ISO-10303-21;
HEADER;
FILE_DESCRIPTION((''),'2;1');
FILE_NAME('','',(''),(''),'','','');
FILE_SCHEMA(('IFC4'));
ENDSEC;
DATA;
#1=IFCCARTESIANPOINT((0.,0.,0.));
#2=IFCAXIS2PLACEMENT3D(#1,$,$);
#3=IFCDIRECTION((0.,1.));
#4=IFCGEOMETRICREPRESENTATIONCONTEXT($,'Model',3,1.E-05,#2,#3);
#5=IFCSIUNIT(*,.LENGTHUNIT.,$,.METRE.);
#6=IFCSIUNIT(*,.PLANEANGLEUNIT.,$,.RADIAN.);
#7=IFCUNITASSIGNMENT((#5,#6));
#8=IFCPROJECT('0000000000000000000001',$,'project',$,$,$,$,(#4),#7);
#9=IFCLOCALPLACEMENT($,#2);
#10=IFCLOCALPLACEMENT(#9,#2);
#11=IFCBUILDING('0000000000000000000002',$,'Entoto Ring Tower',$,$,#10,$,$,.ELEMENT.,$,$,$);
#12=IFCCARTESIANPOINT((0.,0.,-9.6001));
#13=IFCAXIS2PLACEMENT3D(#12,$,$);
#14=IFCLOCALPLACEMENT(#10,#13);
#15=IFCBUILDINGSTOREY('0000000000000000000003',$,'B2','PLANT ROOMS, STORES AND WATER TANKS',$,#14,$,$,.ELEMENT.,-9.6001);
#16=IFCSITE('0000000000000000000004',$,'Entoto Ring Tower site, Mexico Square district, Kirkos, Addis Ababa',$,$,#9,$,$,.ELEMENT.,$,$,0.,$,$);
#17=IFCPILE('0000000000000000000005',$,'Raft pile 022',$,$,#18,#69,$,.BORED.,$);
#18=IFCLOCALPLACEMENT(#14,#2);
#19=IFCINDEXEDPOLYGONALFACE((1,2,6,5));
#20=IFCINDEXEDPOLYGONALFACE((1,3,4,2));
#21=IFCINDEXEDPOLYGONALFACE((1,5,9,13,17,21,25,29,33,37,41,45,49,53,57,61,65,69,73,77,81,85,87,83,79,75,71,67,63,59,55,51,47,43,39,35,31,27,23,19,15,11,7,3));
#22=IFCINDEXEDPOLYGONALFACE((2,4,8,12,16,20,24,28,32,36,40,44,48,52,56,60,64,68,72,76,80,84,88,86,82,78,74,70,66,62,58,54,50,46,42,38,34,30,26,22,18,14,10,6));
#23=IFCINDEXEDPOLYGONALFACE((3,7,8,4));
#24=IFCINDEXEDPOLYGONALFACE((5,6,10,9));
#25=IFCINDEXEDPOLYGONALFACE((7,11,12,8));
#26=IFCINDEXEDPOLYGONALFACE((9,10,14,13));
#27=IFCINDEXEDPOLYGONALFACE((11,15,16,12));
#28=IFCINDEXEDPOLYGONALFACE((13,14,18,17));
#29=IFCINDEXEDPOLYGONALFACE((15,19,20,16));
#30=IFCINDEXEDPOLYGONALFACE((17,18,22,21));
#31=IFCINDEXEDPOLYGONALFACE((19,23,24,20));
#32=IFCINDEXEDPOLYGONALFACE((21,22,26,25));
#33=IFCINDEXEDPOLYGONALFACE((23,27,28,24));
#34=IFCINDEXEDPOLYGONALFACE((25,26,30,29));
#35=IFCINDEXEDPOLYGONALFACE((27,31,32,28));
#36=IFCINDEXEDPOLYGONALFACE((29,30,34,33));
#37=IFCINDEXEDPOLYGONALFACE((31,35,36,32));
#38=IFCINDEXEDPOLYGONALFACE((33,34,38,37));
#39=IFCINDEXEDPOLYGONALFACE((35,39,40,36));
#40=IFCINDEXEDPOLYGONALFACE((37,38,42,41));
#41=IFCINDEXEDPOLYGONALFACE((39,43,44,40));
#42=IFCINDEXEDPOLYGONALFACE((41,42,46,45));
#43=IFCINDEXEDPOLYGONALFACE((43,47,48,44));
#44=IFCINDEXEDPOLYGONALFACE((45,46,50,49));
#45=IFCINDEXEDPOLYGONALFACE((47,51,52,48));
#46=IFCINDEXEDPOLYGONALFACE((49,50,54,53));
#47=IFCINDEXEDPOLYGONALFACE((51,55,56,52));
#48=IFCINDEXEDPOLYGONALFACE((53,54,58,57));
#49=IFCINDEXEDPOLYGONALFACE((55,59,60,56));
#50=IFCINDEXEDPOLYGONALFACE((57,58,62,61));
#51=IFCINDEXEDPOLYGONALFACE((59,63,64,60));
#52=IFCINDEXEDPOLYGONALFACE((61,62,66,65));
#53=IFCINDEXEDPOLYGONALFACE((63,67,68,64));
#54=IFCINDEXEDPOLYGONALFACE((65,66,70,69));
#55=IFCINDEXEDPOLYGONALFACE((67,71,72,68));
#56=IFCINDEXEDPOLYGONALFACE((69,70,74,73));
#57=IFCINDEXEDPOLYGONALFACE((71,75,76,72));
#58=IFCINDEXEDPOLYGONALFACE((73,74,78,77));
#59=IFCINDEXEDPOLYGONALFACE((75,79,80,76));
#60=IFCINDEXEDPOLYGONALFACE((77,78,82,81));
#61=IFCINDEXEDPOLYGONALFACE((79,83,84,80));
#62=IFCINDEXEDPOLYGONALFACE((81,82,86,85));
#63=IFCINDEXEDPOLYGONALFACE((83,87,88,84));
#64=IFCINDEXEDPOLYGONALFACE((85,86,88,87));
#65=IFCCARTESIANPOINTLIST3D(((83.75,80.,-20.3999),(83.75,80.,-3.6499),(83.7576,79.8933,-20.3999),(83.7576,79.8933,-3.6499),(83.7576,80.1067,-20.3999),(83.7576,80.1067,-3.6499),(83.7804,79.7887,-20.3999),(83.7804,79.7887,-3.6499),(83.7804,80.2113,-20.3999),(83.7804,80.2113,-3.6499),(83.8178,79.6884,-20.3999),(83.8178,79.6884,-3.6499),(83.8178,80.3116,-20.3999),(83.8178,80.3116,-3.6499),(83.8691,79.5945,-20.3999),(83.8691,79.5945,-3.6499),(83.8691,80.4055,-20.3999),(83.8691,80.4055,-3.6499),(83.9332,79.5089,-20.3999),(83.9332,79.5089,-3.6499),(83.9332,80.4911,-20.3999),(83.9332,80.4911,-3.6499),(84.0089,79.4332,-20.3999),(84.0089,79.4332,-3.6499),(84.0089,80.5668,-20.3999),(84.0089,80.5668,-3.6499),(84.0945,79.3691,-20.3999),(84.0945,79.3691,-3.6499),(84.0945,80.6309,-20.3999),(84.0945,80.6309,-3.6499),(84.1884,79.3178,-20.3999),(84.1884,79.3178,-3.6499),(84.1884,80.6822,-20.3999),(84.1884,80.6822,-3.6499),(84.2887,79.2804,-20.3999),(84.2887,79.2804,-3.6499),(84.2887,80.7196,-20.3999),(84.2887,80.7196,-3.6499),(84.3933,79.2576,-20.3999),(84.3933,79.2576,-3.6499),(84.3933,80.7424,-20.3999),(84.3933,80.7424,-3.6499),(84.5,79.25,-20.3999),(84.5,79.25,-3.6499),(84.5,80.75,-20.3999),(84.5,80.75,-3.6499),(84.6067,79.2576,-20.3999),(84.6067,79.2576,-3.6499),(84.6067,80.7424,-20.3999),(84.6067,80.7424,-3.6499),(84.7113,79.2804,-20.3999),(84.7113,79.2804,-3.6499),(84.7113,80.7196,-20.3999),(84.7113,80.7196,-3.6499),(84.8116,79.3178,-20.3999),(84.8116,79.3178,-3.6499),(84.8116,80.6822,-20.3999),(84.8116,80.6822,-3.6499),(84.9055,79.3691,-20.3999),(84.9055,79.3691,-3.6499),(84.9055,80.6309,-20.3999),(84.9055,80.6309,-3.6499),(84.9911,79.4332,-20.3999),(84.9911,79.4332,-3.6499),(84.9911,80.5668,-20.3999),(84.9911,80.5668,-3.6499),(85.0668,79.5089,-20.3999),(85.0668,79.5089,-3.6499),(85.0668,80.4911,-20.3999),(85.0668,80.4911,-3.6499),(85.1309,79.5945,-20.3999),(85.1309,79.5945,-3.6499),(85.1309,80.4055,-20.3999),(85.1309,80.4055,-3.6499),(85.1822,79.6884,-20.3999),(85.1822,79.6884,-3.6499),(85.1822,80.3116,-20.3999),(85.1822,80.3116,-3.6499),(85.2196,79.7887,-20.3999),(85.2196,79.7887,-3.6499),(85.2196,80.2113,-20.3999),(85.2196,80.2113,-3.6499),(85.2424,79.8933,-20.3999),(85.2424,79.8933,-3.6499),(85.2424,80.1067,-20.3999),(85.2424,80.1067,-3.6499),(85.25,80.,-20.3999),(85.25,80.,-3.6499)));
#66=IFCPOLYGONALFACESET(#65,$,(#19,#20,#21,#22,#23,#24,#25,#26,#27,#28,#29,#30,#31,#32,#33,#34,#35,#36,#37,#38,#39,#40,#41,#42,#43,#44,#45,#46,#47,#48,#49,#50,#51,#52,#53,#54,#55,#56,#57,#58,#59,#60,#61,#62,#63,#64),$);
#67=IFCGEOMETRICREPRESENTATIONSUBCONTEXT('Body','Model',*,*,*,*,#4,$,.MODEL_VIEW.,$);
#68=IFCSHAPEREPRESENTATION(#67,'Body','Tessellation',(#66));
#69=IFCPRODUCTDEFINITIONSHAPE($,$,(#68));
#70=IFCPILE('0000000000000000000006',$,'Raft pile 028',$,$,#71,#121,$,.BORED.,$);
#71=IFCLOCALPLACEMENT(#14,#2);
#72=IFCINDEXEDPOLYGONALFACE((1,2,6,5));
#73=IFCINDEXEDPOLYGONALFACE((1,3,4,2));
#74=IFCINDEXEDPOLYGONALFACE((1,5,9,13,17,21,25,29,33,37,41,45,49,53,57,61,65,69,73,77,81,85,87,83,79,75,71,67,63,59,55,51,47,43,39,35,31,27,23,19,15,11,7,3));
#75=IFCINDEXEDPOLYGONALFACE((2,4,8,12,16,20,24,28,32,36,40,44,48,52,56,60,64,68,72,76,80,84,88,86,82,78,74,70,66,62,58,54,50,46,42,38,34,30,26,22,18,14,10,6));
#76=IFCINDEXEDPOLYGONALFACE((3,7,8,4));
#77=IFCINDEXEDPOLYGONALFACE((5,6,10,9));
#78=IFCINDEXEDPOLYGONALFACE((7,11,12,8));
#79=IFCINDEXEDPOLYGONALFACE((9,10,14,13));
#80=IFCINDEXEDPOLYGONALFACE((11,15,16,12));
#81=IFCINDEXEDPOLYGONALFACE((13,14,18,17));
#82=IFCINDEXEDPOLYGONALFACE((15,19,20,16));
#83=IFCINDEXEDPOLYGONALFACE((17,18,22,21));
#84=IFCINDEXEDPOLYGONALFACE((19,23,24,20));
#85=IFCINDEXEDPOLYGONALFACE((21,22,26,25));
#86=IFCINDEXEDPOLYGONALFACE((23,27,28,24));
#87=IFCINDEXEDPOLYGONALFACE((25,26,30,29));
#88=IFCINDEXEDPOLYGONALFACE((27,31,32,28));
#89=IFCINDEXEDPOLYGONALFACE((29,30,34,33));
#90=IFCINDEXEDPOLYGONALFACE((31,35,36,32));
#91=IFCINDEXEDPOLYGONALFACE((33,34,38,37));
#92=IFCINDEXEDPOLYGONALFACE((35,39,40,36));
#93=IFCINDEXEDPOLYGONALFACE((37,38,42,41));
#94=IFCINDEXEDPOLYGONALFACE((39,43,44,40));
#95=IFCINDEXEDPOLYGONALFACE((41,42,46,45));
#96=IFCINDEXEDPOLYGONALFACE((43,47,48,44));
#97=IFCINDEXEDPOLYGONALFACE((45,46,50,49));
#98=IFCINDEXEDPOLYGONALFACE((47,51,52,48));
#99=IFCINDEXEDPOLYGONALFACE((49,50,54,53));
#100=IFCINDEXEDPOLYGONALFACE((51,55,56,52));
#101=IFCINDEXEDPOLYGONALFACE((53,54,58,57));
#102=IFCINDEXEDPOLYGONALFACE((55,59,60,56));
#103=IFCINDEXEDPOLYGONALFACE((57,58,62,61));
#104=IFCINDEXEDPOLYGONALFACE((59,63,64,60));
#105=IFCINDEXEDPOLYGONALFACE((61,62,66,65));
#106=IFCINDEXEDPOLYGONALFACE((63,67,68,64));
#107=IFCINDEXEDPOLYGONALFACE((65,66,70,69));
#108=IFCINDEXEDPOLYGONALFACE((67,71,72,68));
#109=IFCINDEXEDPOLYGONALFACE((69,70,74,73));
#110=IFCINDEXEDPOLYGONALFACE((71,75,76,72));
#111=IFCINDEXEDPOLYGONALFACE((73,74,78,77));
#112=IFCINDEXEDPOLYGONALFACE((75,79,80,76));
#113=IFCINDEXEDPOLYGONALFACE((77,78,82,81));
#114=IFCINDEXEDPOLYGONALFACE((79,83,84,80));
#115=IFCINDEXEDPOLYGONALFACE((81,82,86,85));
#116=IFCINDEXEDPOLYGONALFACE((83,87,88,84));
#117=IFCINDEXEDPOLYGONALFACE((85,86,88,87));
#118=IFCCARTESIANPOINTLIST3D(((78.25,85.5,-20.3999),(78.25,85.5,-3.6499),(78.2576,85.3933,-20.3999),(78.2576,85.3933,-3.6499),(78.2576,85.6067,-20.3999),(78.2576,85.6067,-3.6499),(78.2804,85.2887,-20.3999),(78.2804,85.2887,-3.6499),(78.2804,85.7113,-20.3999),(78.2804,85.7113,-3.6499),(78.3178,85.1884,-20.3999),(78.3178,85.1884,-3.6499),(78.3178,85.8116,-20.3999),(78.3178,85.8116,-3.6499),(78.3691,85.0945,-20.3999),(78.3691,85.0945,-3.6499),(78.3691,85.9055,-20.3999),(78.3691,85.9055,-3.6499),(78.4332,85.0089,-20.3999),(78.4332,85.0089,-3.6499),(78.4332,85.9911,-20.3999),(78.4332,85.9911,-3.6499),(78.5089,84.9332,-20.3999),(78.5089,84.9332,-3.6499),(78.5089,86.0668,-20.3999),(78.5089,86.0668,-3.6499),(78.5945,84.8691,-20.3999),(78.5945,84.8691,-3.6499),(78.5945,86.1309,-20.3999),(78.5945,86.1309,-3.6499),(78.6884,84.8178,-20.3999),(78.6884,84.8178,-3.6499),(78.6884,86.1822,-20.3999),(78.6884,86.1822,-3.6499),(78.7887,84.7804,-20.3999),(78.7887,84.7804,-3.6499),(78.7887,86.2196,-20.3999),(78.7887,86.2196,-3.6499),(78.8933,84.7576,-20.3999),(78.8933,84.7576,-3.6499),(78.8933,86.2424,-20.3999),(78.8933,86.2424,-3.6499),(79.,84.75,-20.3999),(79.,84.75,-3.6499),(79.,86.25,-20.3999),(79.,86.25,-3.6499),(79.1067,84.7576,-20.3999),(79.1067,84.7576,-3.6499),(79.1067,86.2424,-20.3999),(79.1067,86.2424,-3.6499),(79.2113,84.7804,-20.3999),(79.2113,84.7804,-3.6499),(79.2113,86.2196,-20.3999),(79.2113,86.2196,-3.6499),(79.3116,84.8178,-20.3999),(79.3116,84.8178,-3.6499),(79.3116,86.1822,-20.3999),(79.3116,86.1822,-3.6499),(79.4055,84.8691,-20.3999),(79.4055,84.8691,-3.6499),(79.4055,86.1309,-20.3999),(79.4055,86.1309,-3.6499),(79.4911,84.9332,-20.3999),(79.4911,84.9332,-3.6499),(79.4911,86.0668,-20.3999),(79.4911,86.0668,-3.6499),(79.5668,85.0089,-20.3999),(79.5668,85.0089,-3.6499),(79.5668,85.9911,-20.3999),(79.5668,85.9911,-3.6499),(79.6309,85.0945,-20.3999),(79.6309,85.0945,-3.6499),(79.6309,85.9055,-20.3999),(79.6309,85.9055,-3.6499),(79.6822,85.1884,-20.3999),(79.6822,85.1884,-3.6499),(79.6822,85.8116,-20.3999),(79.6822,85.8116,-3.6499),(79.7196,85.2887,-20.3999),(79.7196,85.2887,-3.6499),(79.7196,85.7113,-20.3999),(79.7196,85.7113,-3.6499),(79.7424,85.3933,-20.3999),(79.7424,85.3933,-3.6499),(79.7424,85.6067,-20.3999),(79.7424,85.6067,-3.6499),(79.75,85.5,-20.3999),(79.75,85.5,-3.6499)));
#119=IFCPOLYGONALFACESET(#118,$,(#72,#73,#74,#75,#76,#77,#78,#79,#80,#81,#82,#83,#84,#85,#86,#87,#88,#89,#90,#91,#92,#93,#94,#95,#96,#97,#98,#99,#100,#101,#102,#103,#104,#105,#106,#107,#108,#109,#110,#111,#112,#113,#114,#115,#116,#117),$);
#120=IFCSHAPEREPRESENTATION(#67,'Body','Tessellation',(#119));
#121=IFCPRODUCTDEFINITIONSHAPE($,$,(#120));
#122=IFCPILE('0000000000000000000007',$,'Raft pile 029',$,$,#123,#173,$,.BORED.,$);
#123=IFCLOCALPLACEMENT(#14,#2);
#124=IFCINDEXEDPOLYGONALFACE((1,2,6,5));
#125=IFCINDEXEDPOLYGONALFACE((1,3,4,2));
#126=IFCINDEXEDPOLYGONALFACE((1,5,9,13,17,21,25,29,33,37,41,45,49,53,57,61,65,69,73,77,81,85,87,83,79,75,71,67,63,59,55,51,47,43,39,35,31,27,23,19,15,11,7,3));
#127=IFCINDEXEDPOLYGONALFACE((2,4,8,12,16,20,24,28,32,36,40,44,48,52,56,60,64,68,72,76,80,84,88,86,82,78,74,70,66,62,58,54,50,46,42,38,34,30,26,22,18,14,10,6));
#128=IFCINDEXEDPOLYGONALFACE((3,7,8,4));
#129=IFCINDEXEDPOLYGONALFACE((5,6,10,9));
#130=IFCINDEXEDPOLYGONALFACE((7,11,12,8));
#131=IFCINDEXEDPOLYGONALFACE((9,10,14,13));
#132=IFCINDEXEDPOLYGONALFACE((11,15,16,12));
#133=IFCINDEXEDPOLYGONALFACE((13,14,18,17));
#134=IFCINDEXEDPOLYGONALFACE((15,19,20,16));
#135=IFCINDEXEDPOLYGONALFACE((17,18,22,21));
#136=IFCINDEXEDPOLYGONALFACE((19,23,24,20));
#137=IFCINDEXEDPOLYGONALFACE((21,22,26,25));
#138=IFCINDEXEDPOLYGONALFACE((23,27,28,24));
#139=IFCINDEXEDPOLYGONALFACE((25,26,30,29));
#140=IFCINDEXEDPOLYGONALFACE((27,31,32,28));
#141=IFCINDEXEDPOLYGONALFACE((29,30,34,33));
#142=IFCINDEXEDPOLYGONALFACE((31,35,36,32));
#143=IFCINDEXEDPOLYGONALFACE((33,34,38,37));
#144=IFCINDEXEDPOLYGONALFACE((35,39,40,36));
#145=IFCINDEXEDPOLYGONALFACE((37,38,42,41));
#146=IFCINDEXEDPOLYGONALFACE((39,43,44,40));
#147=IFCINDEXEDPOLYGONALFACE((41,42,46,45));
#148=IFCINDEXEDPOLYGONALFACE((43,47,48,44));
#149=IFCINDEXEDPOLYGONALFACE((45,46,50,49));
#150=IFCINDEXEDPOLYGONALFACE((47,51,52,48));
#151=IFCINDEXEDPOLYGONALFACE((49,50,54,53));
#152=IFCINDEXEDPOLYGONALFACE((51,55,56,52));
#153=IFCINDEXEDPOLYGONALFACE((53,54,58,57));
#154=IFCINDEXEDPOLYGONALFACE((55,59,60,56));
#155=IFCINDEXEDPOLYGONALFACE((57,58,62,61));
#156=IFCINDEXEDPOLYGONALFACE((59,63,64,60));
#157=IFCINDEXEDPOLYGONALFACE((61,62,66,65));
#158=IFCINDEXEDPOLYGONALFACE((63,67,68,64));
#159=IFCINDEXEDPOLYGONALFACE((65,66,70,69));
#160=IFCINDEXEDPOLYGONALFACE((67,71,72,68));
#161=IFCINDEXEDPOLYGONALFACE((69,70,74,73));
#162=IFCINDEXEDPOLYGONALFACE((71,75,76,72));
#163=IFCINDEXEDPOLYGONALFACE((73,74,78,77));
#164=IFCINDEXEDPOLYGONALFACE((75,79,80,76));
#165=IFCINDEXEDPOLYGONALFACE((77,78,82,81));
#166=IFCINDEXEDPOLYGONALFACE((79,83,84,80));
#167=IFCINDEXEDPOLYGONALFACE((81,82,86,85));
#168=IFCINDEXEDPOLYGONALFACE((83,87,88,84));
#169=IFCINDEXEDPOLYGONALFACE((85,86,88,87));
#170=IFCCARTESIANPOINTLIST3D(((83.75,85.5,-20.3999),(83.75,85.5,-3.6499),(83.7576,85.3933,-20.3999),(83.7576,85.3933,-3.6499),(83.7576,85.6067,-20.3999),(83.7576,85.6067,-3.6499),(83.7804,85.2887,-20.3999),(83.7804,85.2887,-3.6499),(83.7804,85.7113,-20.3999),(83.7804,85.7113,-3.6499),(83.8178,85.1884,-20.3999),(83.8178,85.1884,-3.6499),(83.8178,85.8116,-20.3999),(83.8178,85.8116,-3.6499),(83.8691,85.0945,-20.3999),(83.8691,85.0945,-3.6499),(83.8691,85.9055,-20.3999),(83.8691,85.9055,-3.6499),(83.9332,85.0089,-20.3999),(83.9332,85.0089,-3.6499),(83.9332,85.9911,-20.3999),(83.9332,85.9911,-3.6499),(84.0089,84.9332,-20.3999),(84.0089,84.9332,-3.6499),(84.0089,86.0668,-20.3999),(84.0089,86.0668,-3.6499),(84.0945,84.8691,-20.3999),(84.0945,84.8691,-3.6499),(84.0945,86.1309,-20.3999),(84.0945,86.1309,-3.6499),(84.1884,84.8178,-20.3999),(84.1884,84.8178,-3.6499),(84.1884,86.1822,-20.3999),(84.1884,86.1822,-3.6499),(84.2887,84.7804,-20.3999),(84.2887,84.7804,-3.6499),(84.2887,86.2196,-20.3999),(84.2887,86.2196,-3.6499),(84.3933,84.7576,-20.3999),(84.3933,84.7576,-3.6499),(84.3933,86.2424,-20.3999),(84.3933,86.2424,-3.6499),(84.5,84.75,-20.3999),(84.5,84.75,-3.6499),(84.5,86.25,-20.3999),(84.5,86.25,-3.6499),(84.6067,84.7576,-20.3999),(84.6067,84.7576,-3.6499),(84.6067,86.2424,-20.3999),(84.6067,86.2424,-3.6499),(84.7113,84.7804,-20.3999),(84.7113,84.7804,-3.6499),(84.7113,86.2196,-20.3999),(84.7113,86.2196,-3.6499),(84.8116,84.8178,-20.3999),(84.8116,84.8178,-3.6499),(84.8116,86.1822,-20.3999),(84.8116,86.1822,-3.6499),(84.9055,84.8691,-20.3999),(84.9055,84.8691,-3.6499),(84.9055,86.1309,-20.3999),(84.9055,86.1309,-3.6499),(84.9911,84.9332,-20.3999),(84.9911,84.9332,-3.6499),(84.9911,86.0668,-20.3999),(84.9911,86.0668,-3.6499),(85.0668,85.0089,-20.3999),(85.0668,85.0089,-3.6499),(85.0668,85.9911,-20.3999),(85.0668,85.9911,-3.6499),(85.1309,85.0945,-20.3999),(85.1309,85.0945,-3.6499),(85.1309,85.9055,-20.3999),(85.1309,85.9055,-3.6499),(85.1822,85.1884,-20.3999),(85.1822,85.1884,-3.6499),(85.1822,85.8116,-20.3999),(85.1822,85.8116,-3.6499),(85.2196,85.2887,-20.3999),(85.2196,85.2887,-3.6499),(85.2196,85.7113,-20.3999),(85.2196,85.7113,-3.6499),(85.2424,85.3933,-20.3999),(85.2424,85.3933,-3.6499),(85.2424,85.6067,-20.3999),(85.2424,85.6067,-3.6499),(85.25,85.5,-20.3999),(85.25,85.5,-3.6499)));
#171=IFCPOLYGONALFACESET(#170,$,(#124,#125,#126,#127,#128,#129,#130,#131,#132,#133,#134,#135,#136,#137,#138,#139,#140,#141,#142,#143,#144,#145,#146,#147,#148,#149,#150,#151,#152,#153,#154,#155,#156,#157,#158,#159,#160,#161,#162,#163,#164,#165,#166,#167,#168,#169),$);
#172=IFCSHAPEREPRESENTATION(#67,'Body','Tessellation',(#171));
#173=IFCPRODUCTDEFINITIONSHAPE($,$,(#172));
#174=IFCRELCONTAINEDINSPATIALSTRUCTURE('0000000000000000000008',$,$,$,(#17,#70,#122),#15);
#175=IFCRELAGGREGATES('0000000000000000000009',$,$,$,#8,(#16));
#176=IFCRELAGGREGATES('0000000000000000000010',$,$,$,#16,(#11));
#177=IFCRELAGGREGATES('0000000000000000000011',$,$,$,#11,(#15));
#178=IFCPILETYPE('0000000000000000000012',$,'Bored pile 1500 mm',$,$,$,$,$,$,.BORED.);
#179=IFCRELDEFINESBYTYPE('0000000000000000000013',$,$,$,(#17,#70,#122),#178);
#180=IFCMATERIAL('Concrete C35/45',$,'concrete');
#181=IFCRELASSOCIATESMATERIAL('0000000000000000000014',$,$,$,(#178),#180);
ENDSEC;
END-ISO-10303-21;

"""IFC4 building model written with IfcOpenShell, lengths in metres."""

from ifc_helpers import new_model, si_unit, direction, frame, origin, origin_2d, place, context, subcontext, project, spatial, circle, extrude, material, material_profile, profile_set, type_object, element, save


model = new_model("IFC4")

# Units and contexts
model_context = context("Model", 3, precision=1e-05, world=origin(), true_north=direction((0.0, 1.0)))
body_context = subcontext(model_context, "Body", "Model", "MODEL_VIEW")
ifc_project = project(units=[si_unit("LENGTHUNIT", "METRE"), si_unit("PLANEANGLEUNIT", "RADIAN")], contexts=[model_context])

# Site, building, storey
site_placement = place(None, origin())
site = spatial("IfcSite", under=ifc_project, at=site_placement, Name="Entoto Ring Tower site, Mexico Square district, Kirkos, Addis Ababa", CompositionType="ELEMENT", RefElevation=0.0)
building_placement = place(site_placement, origin())
building = spatial("IfcBuilding", under=site, at=building_placement, Name="Entoto Ring Tower", CompositionType="ELEMENT")
storey_placement = place(building_placement, frame((0.0, 0.0, -9.6001)))
storey = spatial("IfcBuildingStorey", under=building, at=storey_placement, Name="B2", Description="PLANT ROOMS, STORES AND WATER TANKS", CompositionType="ELEMENT", Elevation=-9.6001)

# Piles
ifc_material_1 = material(Name="Concrete C35/45", Category="concrete")
ifc_material_profile_1 = material_profile(ifc_material_1, circle(Radius=0.75, at=origin_2d()), Name="Bored pile 1500 mm")
ifc_profile_set_1 = profile_set([ifc_material_profile_1], Name="Concrete C35/45")
pile_type = type_object("IfcPileType", Name="Bored pile 1500 mm", PredefinedType="BORED", material=ifc_profile_set_1)
for number, where, z_axis, x_axis, name in (
    (1, (84.5, 80.0, -3.6499), (0.0, 0.0, -1.0), (1.0, 0.0, 0.0), "Raft pile 022"),
    (2, (79.0, 85.5, -3.6499), (0.0, 0.0, -1.0), (1.0, 0.0, 0.0), "Raft pile 028"),
    (3, (84.5, 85.5, -3.6499), (0.0, 0.0, -1.0), (1.0, 0.0, 0.0), "Raft pile 029"),
):
    element("IfcPile", number, at=place(storey_placement, frame(where, z_axis=z_axis, x_axis=x_axis)), inside=storey, type_object=pile_type, Name=name, PredefinedType="BORED", context=body_context, shape_type="SweptSolid", body=[
        extrude(circle(Radius=0.75, at=origin_2d()), origin(), (0.0, 0.0, 1.0), 16.75),
    ])

save(model, "model.ifc")
